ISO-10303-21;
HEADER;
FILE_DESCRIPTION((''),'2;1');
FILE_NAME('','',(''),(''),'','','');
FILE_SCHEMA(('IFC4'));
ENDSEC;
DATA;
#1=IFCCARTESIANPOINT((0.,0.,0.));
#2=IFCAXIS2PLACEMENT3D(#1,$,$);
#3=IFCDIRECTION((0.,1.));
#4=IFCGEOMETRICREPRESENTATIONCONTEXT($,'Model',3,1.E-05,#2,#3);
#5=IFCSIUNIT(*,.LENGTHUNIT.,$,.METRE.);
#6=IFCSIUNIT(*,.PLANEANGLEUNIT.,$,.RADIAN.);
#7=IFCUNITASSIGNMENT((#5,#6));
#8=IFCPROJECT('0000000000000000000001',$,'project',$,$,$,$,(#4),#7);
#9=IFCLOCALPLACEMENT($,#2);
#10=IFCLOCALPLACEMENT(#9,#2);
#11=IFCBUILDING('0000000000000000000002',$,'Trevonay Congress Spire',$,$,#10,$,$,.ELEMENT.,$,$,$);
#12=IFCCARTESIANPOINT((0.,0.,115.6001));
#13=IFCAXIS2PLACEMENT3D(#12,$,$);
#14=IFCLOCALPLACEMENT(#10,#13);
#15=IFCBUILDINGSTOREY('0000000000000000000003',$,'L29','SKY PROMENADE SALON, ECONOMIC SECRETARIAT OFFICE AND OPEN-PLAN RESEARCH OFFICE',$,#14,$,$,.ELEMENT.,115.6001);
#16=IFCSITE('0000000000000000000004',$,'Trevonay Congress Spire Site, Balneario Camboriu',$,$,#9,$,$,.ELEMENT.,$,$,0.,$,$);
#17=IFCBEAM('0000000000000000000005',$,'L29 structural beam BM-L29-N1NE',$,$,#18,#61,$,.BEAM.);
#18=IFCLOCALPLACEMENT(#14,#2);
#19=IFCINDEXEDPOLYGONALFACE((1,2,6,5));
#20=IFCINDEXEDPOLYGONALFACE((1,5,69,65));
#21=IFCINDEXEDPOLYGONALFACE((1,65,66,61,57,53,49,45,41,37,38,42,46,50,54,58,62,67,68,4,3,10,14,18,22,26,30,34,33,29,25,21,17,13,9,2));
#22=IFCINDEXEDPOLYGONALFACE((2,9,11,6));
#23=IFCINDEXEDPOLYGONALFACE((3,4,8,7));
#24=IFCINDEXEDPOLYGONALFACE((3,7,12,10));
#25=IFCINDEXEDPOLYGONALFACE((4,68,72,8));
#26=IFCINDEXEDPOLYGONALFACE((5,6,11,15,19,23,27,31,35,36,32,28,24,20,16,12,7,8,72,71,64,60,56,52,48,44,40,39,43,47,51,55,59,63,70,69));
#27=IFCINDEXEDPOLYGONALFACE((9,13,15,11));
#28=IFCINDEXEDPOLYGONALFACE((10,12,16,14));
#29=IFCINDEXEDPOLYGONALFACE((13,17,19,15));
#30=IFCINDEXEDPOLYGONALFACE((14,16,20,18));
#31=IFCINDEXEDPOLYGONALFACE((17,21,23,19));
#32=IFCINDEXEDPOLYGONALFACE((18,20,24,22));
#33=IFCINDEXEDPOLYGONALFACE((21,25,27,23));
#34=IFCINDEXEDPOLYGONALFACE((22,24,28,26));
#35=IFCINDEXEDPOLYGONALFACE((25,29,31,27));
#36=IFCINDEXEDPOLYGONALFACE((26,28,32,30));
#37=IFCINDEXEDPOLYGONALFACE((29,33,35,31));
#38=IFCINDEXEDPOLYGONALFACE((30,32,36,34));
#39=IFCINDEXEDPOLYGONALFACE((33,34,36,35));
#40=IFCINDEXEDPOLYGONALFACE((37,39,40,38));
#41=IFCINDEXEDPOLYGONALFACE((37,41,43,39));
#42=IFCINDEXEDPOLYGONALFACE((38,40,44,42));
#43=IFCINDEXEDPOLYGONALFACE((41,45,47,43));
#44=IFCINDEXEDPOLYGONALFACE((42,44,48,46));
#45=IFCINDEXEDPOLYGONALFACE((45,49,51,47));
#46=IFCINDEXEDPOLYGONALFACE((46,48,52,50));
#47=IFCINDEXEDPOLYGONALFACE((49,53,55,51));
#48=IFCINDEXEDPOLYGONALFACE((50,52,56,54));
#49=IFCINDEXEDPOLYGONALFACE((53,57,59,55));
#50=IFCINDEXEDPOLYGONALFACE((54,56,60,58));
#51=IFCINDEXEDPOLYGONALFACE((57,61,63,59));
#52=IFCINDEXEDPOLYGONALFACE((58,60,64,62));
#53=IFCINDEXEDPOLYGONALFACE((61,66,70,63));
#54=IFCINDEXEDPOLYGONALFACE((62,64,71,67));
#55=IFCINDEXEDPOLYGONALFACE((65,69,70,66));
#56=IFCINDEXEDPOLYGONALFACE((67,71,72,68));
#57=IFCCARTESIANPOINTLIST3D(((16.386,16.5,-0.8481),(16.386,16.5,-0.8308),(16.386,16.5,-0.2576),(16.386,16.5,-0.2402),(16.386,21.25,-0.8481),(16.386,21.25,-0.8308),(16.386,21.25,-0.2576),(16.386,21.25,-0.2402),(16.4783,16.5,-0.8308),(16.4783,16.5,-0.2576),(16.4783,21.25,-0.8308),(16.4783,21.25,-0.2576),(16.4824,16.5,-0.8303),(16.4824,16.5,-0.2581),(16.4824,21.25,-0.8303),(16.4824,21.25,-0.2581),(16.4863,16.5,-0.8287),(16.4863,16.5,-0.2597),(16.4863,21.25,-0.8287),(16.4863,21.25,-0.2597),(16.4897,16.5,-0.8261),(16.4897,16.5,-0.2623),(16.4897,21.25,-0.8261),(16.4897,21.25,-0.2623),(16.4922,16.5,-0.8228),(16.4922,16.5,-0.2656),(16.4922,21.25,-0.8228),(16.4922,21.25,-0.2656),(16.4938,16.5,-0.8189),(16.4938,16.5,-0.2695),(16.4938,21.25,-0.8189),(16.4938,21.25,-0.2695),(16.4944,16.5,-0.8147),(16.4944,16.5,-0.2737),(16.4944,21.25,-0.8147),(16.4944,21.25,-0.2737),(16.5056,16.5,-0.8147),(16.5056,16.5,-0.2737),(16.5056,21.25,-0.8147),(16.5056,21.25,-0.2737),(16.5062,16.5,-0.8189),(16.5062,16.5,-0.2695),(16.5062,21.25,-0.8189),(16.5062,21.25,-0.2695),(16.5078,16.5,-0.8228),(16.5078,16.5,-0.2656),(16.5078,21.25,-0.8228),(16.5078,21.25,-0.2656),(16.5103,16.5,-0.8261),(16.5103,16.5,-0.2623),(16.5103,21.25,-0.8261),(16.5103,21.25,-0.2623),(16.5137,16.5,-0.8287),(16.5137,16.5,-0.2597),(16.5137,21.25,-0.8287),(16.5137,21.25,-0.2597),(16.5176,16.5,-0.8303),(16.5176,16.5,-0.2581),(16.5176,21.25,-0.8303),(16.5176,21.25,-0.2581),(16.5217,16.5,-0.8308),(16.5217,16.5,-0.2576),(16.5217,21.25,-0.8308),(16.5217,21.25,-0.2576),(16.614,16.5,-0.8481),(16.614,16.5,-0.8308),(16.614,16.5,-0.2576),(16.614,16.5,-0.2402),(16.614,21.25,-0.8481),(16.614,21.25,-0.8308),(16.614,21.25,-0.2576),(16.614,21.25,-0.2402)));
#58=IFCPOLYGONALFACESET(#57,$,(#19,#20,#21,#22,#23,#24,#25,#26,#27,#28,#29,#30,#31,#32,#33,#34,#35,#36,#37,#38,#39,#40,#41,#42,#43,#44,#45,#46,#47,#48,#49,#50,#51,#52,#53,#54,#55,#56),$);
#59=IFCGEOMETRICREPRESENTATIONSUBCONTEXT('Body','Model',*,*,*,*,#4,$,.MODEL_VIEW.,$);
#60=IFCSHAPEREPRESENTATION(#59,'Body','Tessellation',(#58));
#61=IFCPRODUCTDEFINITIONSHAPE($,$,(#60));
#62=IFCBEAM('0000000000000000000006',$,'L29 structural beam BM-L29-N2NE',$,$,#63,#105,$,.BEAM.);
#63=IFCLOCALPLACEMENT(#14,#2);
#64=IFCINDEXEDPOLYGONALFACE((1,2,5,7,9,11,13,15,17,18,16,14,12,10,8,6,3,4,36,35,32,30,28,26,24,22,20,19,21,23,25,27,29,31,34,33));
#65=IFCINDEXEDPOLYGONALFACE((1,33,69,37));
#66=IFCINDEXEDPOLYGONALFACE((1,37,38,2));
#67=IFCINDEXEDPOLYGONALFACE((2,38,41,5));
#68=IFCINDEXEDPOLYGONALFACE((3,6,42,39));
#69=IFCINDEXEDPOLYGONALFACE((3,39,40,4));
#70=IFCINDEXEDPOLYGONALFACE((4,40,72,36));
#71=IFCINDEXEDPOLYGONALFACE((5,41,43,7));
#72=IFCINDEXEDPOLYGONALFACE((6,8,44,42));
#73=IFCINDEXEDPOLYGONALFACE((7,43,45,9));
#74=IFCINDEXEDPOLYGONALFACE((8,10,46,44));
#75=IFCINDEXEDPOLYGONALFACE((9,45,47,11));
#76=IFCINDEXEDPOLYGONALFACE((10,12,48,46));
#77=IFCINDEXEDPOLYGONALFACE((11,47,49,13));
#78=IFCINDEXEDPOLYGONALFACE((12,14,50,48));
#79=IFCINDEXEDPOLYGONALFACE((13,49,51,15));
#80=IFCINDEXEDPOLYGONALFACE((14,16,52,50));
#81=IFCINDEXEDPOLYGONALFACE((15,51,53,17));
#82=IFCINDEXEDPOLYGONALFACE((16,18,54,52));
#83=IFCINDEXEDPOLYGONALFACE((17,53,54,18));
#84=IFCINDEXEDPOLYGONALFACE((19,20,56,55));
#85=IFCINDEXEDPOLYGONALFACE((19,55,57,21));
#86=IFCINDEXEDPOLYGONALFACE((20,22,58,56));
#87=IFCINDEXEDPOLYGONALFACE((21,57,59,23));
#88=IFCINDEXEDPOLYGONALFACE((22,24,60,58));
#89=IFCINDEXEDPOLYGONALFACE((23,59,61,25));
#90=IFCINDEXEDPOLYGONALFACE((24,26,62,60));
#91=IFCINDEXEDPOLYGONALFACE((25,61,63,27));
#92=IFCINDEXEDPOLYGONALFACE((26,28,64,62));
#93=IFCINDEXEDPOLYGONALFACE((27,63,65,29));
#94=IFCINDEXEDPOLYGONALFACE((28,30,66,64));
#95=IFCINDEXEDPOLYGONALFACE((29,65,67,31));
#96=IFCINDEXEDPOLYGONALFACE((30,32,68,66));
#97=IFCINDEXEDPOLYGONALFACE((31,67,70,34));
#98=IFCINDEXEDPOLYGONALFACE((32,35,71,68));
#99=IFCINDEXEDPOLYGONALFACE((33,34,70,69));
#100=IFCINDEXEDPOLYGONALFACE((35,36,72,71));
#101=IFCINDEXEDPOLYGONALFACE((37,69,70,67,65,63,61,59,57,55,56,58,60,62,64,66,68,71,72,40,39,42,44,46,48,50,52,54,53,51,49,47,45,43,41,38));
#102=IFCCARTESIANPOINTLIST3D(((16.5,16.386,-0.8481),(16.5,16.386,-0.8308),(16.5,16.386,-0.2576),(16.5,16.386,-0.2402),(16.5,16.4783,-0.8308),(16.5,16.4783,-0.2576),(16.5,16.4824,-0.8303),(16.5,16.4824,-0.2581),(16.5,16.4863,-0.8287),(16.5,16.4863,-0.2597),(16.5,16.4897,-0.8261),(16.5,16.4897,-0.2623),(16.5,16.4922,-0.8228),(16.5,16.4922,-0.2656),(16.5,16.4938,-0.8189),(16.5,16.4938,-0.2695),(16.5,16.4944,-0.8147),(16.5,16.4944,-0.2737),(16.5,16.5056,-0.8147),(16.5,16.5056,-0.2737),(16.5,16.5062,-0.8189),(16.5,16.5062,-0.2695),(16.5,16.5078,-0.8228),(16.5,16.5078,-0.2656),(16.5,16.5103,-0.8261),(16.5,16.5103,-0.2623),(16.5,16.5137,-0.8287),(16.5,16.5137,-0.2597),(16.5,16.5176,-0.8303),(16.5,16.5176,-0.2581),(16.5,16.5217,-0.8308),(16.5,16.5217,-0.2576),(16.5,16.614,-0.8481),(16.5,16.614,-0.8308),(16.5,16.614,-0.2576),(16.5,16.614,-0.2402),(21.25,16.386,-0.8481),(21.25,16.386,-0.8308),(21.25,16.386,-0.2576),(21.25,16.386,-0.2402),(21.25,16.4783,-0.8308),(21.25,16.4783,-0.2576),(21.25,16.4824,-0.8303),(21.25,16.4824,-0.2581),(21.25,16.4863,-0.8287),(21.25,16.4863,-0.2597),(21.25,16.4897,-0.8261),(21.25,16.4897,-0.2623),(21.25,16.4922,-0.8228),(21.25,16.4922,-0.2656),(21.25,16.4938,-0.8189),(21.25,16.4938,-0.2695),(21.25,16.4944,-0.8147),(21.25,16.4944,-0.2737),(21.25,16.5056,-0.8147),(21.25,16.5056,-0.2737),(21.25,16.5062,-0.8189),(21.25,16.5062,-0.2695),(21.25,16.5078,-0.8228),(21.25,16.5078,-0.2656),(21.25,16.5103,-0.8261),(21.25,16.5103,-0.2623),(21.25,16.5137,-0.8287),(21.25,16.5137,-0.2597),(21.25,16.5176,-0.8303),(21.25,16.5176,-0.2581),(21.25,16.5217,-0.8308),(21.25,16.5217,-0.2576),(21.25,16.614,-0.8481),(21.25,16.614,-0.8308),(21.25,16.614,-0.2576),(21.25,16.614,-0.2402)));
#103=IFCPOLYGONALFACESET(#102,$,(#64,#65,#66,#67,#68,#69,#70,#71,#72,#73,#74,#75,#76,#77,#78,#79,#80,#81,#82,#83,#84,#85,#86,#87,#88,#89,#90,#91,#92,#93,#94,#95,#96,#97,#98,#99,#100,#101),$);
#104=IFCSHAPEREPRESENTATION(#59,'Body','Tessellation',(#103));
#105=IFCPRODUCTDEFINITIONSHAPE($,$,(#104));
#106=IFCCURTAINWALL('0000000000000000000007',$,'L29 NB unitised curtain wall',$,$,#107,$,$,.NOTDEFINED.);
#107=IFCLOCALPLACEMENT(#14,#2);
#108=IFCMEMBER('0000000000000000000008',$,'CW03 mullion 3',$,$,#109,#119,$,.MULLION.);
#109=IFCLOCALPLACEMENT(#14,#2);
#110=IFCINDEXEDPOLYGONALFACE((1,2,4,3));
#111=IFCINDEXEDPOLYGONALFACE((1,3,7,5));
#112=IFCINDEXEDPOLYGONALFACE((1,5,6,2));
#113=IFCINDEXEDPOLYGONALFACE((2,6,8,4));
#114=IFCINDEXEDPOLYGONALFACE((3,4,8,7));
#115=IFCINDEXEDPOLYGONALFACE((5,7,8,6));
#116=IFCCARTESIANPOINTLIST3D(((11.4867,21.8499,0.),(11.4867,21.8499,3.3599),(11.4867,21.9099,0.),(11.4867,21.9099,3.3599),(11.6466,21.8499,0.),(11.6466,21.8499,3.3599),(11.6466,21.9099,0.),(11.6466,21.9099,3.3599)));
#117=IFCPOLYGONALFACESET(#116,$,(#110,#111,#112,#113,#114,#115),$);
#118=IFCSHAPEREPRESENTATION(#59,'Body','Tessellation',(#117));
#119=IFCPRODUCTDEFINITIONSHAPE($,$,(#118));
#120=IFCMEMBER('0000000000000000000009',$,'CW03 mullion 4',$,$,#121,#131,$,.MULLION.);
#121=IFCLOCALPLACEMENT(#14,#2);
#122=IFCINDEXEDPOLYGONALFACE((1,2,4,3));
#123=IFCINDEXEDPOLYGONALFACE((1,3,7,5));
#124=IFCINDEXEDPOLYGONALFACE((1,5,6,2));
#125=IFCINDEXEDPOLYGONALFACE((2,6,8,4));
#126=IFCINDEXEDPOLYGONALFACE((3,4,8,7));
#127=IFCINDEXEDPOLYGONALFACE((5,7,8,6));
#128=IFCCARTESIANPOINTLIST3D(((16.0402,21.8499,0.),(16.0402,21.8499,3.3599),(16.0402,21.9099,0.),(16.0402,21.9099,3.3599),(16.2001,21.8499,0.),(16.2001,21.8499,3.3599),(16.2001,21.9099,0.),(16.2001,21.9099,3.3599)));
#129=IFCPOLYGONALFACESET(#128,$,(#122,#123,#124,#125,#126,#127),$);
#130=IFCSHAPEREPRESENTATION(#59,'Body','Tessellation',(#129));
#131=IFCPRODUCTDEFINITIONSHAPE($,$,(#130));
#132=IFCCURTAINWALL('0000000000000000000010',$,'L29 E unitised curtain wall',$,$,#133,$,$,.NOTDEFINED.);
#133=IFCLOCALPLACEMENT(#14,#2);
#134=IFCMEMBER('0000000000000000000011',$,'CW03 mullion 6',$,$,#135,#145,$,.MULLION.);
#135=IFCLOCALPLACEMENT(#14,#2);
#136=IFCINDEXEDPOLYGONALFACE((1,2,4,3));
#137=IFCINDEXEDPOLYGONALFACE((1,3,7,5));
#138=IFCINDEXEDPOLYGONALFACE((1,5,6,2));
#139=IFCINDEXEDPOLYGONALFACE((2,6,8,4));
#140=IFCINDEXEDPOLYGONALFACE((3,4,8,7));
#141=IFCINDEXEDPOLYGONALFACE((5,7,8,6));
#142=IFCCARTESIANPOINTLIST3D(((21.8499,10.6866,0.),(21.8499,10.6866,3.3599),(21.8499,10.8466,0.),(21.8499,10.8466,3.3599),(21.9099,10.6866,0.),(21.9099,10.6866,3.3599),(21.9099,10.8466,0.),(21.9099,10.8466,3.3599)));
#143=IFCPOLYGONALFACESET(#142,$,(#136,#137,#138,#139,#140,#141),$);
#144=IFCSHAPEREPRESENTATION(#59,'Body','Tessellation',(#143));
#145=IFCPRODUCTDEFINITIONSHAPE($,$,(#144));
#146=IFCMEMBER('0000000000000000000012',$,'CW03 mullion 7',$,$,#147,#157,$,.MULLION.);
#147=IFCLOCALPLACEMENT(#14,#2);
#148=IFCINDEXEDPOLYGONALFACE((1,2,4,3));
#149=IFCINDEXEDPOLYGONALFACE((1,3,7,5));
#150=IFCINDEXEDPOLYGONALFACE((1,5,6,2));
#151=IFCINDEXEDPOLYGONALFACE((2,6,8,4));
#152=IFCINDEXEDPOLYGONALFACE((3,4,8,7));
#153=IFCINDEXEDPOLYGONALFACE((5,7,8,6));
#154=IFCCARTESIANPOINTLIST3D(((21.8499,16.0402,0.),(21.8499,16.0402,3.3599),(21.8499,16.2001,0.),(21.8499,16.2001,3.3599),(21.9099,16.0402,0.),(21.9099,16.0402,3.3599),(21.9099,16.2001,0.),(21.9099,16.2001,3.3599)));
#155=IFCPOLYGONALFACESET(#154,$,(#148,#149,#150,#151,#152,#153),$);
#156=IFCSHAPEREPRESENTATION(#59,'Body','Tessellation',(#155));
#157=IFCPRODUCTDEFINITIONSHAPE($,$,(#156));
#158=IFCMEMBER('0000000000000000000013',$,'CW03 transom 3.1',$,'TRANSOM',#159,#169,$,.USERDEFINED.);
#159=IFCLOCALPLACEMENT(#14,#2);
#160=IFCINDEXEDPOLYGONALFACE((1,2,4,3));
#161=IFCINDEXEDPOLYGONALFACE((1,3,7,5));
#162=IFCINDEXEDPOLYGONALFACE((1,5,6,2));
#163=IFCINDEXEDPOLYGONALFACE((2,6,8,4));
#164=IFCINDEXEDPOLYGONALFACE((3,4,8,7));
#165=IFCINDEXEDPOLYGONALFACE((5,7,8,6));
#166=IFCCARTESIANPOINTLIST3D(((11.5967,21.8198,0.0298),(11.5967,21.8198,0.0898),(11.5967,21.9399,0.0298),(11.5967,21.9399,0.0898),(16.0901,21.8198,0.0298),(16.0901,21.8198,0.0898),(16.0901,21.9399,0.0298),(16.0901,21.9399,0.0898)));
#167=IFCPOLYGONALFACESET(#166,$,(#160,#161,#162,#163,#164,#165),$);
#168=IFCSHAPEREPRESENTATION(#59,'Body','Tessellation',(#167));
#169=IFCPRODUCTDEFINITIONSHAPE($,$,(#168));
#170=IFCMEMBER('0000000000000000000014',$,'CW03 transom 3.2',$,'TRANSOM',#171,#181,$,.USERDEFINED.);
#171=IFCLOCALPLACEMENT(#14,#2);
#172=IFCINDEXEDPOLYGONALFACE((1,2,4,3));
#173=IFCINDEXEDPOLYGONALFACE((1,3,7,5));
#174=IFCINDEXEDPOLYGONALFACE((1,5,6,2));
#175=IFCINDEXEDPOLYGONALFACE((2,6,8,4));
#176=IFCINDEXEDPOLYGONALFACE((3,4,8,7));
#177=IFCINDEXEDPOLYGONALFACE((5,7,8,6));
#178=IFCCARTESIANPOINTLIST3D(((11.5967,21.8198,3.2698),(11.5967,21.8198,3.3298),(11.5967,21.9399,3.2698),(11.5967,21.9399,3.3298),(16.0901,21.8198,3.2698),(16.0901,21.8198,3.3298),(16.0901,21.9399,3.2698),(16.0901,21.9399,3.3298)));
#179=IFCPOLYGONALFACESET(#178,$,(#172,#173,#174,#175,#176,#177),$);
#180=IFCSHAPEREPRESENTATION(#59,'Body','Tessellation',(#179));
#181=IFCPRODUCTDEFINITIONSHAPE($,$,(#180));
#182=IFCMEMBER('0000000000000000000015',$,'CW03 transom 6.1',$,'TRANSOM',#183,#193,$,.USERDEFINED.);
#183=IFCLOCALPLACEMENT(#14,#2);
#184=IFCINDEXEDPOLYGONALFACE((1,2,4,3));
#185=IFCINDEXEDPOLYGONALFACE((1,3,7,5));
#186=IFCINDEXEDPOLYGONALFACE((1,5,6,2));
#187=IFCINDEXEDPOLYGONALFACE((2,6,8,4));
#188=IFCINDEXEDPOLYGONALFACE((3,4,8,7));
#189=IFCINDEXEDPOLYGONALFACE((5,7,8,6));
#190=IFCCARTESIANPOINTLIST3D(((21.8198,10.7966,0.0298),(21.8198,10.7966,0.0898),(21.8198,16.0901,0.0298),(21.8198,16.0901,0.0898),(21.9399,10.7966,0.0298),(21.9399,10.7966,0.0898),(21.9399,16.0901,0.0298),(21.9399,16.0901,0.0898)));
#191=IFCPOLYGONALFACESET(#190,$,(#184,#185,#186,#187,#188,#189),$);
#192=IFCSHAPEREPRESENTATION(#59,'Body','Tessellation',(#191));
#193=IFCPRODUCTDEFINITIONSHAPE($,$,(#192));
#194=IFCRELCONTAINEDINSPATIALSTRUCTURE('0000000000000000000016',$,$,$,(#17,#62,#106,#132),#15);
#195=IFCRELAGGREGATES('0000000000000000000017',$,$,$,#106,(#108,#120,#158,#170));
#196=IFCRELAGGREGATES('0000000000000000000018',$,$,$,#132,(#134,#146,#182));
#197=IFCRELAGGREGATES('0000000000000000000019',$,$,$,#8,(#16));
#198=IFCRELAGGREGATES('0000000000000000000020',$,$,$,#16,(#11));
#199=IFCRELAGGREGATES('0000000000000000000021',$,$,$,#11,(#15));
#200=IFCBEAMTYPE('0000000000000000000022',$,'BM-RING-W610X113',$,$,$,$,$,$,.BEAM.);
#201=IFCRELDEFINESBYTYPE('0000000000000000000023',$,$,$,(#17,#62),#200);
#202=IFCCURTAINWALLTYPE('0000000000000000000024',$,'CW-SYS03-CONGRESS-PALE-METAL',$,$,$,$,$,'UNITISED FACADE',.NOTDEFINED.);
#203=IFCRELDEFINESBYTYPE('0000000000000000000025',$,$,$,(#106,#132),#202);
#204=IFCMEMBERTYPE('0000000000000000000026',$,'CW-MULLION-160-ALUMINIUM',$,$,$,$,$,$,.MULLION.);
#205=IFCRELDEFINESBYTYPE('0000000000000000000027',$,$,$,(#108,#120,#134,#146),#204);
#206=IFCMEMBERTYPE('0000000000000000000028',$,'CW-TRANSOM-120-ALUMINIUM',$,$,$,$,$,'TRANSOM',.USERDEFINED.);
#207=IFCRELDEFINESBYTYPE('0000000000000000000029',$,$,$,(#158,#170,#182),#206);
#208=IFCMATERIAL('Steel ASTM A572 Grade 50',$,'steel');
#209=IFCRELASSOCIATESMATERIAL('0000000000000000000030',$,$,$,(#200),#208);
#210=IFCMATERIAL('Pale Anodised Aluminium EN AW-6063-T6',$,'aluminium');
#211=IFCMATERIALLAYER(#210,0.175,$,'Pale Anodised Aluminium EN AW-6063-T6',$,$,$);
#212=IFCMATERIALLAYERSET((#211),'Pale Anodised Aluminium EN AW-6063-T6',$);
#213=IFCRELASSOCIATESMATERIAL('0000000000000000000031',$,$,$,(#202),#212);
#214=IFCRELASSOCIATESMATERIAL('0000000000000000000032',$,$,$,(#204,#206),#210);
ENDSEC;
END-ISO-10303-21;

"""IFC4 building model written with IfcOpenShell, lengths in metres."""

from ifc_helpers import new_model, si_unit, direction, frame, origin, origin_2d, place, context, subcontext, project, spatial, rectangle, i_section, extrude, material, layer, layer_set, material_profile, profile_set, type_object, element, aggregate, save


model = new_model("IFC4")

# Units and contexts
model_context = context("Model", 3, precision=1e-05, world=origin(), true_north=direction((0.0, 1.0)))
body_context = subcontext(model_context, "Body", "Model", "MODEL_VIEW")
ifc_project = project(units=[si_unit("LENGTHUNIT", "METRE"), si_unit("PLANEANGLEUNIT", "RADIAN")], contexts=[model_context])

# Site, building, storey
site_placement = place(None, origin())
site = spatial("IfcSite", under=ifc_project, at=site_placement, Name="Trevonay Congress Spire Site, Balneario Camboriu", CompositionType="ELEMENT", RefElevation=0.0)
building_placement = place(site_placement, origin())
building = spatial("IfcBuilding", under=site, at=building_placement, Name="Trevonay Congress Spire", CompositionType="ELEMENT")
storey_placement = place(building_placement, frame((0.0, 0.0, 115.6001)))
storey = spatial("IfcBuildingStorey", under=building, at=storey_placement, Name="L29", Description="SKY PROMENADE SALON, ECONOMIC SECRETARIAT OFFICE AND OPEN-PLAN RESEARCH OFFICE", CompositionType="ELEMENT", Elevation=115.6001)

# Shared definitions
ifc_material_1 = material(Name="Steel ASTM A572 Grade 50", Category="steel")

# Beams
ifc_material_profile_1 = material_profile(ifc_material_1, i_section(OverallWidth=0.228, OverallDepth=0.6079, WebThickness=0.0112, FlangeThickness=0.0173, FilletRadius=0.0161, at=origin_2d()), Name="W610x113")
ifc_profile_set_1 = profile_set([ifc_material_profile_1], Name="Steel ASTM A572 Grade 50")
beam_type = type_object("IfcBeamType", Name="BM-RING-W610X113", PredefinedType="BEAM", material=ifc_profile_set_1)
for number, where, z_axis, x_axis, name in (
    (1, (16.5, 21.25, -0.5442), (0.0, -1.0, 0.0), (1.0, 0.0, 0.0), "L29 structural beam BM-L29-N1NE"),
    (2, (21.25, 16.5, -0.5442), (-1.0, 0.0, 0.0), (0.0, -1.0, 0.0), "L29 structural beam BM-L29-N2NE"),
):
    element("IfcBeam", number, at=place(storey_placement, frame(where, z_axis=z_axis, x_axis=x_axis)), inside=storey, type_object=beam_type, Name=name, PredefinedType="BEAM", context=body_context, shape_type="SweptSolid", body=[
        extrude(i_section(OverallWidth=0.228, OverallDepth=0.6079, WebThickness=0.0112, FlangeThickness=0.0173, FilletRadius=0.0161, at=origin_2d()), origin(), (0.0, 0.0, 1.0), 4.75),
    ])

# Curtain walls, members
ifc_material_2 = material(Name="Pale Anodised Aluminium EN AW-6063-T6", Category="aluminium")
ifc_layer_1 = layer(ifc_material_2, 0.175, Name="Pale Anodised Aluminium EN AW-6063-T6")
ifc_layer_set_1 = layer_set([ifc_layer_1], Name="Pale Anodised Aluminium EN AW-6063-T6")
curtain_wall_type = type_object("IfcCurtainWallType", Name="CW-SYS03-CONGRESS-PALE-METAL", ElementType="UNITISED FACADE", PredefinedType="NOTDEFINED", material=ifc_layer_set_1)
curtain_wall_1_placement = place(storey_placement, origin())
curtain_wall_1 = element("IfcCurtainWall", 3, at=curtain_wall_1_placement, inside=storey, type_object=curtain_wall_type, Name="L29 NB unitised curtain wall", PredefinedType="NOTDEFINED")
ifc_material_profile_2 = material_profile(ifc_material_2, rectangle(XDim=0.0601, YDim=0.1599, at=origin_2d()), Name="CW-MULLION-160-ALUMINIUM")
ifc_profile_set_2 = profile_set([ifc_material_profile_2], Name="Pale Anodised Aluminium EN AW-6063-T6")
member_type_1 = type_object("IfcMemberType", Name="CW-MULLION-160-ALUMINIUM", PredefinedType="MULLION", material=ifc_profile_set_2)
member_1_placement = place(storey_placement, frame((11.5667, 21.8799, 0.0), z_axis=(0.0, 0.0, 1.0), x_axis=(0.0, 1.0, 0.0)))
member_1 = element("IfcMember", 4, at=member_1_placement, type_object=member_type_1, Name="CW03 mullion 3", PredefinedType="MULLION", context=body_context, shape_type="SweptSolid", body=[
    extrude(rectangle(XDim=0.0601, YDim=0.1599, at=origin_2d()), origin(), (0.0, 0.0, 1.0), 3.3599),
])
member_2_placement = place(storey_placement, frame((16.1201, 21.8799, 0.0), z_axis=(0.0, 0.0, 1.0), x_axis=(0.0, 1.0, 0.0)))
member_2 = element("IfcMember", 5, at=member_2_placement, type_object=member_type_1, Name="CW03 mullion 4", PredefinedType="MULLION", context=body_context, shape_type="SweptSolid", body=[
    extrude(rectangle(XDim=0.0601, YDim=0.1599, at=origin_2d()), origin(), (0.0, 0.0, 1.0), 3.3599),
])
curtain_wall_2_placement = place(storey_placement, origin())
curtain_wall_2 = element("IfcCurtainWall", 6, at=curtain_wall_2_placement, inside=storey, type_object=curtain_wall_type, Name="L29 E unitised curtain wall", PredefinedType="NOTDEFINED")
member_3_placement = place(storey_placement, frame((21.8799, 10.7666, 0.0), z_axis=(0.0, 0.0, 1.0), x_axis=(-1.0, 0.0, 0.0)))
member_3 = element("IfcMember", 7, at=member_3_placement, type_object=member_type_1, Name="CW03 mullion 6", PredefinedType="MULLION", context=body_context, shape_type="SweptSolid", body=[
    extrude(rectangle(XDim=0.0601, YDim=0.1599, at=origin_2d()), origin(), (0.0, 0.0, 1.0), 3.3599),
])
member_4_placement = place(storey_placement, frame((21.8799, 16.1201, 0.0), z_axis=(0.0, 0.0, 1.0), x_axis=(-1.0, 0.0, 0.0)))
member_4 = element("IfcMember", 8, at=member_4_placement, type_object=member_type_1, Name="CW03 mullion 7", PredefinedType="MULLION", context=body_context, shape_type="SweptSolid", body=[
    extrude(rectangle(XDim=0.0601, YDim=0.1599, at=origin_2d()), origin(), (0.0, 0.0, 1.0), 3.3599),
])

# Members
ifc_material_profile_3 = material_profile(ifc_material_2, rectangle(XDim=0.1201, YDim=0.0601, at=origin_2d()), Name="CW-TRANSOM-120-ALUMINIUM")
ifc_profile_set_3 = profile_set([ifc_material_profile_3], Name="Pale Anodised Aluminium EN AW-6063-T6")
member_type_2 = type_object("IfcMemberType", Name="CW-TRANSOM-120-ALUMINIUM", ElementType="TRANSOM", PredefinedType="USERDEFINED", material=ifc_profile_set_3)
member_5_placement = place(storey_placement, frame((11.5967, 21.8799, 0.0598), z_axis=(1.0, 0.0, 0.0), x_axis=(0.0, 1.0, 0.0)))
member_5 = element("IfcMember", 9, at=member_5_placement, type_object=member_type_2, Name="CW03 transom 3.1", ObjectType="TRANSOM", PredefinedType="USERDEFINED", context=body_context, shape_type="SweptSolid", body=[
    extrude(rectangle(XDim=0.1201, YDim=0.0601, at=origin_2d()), origin(), (0.0, 0.0, 1.0), 4.4934),
])
member_6_placement = place(storey_placement, frame((11.5967, 21.8799, 3.2998), z_axis=(1.0, 0.0, 0.0), x_axis=(0.0, 1.0, 0.0)))
member_6 = element("IfcMember", 10, at=member_6_placement, type_object=member_type_2, Name="CW03 transom 3.2", ObjectType="TRANSOM", PredefinedType="USERDEFINED", context=body_context, shape_type="SweptSolid", body=[
    extrude(rectangle(XDim=0.1201, YDim=0.0601, at=origin_2d()), origin(), (0.0, 0.0, 1.0), 4.4934),
])
member_7_placement = place(storey_placement, frame((21.8799, 10.7966, 0.0598), z_axis=(0.0, 1.0, 0.0), x_axis=(-1.0, 0.0, 0.0)))
member_7 = element("IfcMember", 11, at=member_7_placement, type_object=member_type_2, Name="CW03 transom 6.1", ObjectType="TRANSOM", PredefinedType="USERDEFINED", context=body_context, shape_type="SweptSolid", body=[
    extrude(rectangle(XDim=0.1201, YDim=0.0601, at=origin_2d()), origin(), (0.0, 0.0, 1.0), 5.2935),
])

aggregate(curtain_wall_1, [member_1, member_2, member_5, member_6])
aggregate(curtain_wall_2, [member_3, member_4, member_7])

save(model, "model.ifc")
